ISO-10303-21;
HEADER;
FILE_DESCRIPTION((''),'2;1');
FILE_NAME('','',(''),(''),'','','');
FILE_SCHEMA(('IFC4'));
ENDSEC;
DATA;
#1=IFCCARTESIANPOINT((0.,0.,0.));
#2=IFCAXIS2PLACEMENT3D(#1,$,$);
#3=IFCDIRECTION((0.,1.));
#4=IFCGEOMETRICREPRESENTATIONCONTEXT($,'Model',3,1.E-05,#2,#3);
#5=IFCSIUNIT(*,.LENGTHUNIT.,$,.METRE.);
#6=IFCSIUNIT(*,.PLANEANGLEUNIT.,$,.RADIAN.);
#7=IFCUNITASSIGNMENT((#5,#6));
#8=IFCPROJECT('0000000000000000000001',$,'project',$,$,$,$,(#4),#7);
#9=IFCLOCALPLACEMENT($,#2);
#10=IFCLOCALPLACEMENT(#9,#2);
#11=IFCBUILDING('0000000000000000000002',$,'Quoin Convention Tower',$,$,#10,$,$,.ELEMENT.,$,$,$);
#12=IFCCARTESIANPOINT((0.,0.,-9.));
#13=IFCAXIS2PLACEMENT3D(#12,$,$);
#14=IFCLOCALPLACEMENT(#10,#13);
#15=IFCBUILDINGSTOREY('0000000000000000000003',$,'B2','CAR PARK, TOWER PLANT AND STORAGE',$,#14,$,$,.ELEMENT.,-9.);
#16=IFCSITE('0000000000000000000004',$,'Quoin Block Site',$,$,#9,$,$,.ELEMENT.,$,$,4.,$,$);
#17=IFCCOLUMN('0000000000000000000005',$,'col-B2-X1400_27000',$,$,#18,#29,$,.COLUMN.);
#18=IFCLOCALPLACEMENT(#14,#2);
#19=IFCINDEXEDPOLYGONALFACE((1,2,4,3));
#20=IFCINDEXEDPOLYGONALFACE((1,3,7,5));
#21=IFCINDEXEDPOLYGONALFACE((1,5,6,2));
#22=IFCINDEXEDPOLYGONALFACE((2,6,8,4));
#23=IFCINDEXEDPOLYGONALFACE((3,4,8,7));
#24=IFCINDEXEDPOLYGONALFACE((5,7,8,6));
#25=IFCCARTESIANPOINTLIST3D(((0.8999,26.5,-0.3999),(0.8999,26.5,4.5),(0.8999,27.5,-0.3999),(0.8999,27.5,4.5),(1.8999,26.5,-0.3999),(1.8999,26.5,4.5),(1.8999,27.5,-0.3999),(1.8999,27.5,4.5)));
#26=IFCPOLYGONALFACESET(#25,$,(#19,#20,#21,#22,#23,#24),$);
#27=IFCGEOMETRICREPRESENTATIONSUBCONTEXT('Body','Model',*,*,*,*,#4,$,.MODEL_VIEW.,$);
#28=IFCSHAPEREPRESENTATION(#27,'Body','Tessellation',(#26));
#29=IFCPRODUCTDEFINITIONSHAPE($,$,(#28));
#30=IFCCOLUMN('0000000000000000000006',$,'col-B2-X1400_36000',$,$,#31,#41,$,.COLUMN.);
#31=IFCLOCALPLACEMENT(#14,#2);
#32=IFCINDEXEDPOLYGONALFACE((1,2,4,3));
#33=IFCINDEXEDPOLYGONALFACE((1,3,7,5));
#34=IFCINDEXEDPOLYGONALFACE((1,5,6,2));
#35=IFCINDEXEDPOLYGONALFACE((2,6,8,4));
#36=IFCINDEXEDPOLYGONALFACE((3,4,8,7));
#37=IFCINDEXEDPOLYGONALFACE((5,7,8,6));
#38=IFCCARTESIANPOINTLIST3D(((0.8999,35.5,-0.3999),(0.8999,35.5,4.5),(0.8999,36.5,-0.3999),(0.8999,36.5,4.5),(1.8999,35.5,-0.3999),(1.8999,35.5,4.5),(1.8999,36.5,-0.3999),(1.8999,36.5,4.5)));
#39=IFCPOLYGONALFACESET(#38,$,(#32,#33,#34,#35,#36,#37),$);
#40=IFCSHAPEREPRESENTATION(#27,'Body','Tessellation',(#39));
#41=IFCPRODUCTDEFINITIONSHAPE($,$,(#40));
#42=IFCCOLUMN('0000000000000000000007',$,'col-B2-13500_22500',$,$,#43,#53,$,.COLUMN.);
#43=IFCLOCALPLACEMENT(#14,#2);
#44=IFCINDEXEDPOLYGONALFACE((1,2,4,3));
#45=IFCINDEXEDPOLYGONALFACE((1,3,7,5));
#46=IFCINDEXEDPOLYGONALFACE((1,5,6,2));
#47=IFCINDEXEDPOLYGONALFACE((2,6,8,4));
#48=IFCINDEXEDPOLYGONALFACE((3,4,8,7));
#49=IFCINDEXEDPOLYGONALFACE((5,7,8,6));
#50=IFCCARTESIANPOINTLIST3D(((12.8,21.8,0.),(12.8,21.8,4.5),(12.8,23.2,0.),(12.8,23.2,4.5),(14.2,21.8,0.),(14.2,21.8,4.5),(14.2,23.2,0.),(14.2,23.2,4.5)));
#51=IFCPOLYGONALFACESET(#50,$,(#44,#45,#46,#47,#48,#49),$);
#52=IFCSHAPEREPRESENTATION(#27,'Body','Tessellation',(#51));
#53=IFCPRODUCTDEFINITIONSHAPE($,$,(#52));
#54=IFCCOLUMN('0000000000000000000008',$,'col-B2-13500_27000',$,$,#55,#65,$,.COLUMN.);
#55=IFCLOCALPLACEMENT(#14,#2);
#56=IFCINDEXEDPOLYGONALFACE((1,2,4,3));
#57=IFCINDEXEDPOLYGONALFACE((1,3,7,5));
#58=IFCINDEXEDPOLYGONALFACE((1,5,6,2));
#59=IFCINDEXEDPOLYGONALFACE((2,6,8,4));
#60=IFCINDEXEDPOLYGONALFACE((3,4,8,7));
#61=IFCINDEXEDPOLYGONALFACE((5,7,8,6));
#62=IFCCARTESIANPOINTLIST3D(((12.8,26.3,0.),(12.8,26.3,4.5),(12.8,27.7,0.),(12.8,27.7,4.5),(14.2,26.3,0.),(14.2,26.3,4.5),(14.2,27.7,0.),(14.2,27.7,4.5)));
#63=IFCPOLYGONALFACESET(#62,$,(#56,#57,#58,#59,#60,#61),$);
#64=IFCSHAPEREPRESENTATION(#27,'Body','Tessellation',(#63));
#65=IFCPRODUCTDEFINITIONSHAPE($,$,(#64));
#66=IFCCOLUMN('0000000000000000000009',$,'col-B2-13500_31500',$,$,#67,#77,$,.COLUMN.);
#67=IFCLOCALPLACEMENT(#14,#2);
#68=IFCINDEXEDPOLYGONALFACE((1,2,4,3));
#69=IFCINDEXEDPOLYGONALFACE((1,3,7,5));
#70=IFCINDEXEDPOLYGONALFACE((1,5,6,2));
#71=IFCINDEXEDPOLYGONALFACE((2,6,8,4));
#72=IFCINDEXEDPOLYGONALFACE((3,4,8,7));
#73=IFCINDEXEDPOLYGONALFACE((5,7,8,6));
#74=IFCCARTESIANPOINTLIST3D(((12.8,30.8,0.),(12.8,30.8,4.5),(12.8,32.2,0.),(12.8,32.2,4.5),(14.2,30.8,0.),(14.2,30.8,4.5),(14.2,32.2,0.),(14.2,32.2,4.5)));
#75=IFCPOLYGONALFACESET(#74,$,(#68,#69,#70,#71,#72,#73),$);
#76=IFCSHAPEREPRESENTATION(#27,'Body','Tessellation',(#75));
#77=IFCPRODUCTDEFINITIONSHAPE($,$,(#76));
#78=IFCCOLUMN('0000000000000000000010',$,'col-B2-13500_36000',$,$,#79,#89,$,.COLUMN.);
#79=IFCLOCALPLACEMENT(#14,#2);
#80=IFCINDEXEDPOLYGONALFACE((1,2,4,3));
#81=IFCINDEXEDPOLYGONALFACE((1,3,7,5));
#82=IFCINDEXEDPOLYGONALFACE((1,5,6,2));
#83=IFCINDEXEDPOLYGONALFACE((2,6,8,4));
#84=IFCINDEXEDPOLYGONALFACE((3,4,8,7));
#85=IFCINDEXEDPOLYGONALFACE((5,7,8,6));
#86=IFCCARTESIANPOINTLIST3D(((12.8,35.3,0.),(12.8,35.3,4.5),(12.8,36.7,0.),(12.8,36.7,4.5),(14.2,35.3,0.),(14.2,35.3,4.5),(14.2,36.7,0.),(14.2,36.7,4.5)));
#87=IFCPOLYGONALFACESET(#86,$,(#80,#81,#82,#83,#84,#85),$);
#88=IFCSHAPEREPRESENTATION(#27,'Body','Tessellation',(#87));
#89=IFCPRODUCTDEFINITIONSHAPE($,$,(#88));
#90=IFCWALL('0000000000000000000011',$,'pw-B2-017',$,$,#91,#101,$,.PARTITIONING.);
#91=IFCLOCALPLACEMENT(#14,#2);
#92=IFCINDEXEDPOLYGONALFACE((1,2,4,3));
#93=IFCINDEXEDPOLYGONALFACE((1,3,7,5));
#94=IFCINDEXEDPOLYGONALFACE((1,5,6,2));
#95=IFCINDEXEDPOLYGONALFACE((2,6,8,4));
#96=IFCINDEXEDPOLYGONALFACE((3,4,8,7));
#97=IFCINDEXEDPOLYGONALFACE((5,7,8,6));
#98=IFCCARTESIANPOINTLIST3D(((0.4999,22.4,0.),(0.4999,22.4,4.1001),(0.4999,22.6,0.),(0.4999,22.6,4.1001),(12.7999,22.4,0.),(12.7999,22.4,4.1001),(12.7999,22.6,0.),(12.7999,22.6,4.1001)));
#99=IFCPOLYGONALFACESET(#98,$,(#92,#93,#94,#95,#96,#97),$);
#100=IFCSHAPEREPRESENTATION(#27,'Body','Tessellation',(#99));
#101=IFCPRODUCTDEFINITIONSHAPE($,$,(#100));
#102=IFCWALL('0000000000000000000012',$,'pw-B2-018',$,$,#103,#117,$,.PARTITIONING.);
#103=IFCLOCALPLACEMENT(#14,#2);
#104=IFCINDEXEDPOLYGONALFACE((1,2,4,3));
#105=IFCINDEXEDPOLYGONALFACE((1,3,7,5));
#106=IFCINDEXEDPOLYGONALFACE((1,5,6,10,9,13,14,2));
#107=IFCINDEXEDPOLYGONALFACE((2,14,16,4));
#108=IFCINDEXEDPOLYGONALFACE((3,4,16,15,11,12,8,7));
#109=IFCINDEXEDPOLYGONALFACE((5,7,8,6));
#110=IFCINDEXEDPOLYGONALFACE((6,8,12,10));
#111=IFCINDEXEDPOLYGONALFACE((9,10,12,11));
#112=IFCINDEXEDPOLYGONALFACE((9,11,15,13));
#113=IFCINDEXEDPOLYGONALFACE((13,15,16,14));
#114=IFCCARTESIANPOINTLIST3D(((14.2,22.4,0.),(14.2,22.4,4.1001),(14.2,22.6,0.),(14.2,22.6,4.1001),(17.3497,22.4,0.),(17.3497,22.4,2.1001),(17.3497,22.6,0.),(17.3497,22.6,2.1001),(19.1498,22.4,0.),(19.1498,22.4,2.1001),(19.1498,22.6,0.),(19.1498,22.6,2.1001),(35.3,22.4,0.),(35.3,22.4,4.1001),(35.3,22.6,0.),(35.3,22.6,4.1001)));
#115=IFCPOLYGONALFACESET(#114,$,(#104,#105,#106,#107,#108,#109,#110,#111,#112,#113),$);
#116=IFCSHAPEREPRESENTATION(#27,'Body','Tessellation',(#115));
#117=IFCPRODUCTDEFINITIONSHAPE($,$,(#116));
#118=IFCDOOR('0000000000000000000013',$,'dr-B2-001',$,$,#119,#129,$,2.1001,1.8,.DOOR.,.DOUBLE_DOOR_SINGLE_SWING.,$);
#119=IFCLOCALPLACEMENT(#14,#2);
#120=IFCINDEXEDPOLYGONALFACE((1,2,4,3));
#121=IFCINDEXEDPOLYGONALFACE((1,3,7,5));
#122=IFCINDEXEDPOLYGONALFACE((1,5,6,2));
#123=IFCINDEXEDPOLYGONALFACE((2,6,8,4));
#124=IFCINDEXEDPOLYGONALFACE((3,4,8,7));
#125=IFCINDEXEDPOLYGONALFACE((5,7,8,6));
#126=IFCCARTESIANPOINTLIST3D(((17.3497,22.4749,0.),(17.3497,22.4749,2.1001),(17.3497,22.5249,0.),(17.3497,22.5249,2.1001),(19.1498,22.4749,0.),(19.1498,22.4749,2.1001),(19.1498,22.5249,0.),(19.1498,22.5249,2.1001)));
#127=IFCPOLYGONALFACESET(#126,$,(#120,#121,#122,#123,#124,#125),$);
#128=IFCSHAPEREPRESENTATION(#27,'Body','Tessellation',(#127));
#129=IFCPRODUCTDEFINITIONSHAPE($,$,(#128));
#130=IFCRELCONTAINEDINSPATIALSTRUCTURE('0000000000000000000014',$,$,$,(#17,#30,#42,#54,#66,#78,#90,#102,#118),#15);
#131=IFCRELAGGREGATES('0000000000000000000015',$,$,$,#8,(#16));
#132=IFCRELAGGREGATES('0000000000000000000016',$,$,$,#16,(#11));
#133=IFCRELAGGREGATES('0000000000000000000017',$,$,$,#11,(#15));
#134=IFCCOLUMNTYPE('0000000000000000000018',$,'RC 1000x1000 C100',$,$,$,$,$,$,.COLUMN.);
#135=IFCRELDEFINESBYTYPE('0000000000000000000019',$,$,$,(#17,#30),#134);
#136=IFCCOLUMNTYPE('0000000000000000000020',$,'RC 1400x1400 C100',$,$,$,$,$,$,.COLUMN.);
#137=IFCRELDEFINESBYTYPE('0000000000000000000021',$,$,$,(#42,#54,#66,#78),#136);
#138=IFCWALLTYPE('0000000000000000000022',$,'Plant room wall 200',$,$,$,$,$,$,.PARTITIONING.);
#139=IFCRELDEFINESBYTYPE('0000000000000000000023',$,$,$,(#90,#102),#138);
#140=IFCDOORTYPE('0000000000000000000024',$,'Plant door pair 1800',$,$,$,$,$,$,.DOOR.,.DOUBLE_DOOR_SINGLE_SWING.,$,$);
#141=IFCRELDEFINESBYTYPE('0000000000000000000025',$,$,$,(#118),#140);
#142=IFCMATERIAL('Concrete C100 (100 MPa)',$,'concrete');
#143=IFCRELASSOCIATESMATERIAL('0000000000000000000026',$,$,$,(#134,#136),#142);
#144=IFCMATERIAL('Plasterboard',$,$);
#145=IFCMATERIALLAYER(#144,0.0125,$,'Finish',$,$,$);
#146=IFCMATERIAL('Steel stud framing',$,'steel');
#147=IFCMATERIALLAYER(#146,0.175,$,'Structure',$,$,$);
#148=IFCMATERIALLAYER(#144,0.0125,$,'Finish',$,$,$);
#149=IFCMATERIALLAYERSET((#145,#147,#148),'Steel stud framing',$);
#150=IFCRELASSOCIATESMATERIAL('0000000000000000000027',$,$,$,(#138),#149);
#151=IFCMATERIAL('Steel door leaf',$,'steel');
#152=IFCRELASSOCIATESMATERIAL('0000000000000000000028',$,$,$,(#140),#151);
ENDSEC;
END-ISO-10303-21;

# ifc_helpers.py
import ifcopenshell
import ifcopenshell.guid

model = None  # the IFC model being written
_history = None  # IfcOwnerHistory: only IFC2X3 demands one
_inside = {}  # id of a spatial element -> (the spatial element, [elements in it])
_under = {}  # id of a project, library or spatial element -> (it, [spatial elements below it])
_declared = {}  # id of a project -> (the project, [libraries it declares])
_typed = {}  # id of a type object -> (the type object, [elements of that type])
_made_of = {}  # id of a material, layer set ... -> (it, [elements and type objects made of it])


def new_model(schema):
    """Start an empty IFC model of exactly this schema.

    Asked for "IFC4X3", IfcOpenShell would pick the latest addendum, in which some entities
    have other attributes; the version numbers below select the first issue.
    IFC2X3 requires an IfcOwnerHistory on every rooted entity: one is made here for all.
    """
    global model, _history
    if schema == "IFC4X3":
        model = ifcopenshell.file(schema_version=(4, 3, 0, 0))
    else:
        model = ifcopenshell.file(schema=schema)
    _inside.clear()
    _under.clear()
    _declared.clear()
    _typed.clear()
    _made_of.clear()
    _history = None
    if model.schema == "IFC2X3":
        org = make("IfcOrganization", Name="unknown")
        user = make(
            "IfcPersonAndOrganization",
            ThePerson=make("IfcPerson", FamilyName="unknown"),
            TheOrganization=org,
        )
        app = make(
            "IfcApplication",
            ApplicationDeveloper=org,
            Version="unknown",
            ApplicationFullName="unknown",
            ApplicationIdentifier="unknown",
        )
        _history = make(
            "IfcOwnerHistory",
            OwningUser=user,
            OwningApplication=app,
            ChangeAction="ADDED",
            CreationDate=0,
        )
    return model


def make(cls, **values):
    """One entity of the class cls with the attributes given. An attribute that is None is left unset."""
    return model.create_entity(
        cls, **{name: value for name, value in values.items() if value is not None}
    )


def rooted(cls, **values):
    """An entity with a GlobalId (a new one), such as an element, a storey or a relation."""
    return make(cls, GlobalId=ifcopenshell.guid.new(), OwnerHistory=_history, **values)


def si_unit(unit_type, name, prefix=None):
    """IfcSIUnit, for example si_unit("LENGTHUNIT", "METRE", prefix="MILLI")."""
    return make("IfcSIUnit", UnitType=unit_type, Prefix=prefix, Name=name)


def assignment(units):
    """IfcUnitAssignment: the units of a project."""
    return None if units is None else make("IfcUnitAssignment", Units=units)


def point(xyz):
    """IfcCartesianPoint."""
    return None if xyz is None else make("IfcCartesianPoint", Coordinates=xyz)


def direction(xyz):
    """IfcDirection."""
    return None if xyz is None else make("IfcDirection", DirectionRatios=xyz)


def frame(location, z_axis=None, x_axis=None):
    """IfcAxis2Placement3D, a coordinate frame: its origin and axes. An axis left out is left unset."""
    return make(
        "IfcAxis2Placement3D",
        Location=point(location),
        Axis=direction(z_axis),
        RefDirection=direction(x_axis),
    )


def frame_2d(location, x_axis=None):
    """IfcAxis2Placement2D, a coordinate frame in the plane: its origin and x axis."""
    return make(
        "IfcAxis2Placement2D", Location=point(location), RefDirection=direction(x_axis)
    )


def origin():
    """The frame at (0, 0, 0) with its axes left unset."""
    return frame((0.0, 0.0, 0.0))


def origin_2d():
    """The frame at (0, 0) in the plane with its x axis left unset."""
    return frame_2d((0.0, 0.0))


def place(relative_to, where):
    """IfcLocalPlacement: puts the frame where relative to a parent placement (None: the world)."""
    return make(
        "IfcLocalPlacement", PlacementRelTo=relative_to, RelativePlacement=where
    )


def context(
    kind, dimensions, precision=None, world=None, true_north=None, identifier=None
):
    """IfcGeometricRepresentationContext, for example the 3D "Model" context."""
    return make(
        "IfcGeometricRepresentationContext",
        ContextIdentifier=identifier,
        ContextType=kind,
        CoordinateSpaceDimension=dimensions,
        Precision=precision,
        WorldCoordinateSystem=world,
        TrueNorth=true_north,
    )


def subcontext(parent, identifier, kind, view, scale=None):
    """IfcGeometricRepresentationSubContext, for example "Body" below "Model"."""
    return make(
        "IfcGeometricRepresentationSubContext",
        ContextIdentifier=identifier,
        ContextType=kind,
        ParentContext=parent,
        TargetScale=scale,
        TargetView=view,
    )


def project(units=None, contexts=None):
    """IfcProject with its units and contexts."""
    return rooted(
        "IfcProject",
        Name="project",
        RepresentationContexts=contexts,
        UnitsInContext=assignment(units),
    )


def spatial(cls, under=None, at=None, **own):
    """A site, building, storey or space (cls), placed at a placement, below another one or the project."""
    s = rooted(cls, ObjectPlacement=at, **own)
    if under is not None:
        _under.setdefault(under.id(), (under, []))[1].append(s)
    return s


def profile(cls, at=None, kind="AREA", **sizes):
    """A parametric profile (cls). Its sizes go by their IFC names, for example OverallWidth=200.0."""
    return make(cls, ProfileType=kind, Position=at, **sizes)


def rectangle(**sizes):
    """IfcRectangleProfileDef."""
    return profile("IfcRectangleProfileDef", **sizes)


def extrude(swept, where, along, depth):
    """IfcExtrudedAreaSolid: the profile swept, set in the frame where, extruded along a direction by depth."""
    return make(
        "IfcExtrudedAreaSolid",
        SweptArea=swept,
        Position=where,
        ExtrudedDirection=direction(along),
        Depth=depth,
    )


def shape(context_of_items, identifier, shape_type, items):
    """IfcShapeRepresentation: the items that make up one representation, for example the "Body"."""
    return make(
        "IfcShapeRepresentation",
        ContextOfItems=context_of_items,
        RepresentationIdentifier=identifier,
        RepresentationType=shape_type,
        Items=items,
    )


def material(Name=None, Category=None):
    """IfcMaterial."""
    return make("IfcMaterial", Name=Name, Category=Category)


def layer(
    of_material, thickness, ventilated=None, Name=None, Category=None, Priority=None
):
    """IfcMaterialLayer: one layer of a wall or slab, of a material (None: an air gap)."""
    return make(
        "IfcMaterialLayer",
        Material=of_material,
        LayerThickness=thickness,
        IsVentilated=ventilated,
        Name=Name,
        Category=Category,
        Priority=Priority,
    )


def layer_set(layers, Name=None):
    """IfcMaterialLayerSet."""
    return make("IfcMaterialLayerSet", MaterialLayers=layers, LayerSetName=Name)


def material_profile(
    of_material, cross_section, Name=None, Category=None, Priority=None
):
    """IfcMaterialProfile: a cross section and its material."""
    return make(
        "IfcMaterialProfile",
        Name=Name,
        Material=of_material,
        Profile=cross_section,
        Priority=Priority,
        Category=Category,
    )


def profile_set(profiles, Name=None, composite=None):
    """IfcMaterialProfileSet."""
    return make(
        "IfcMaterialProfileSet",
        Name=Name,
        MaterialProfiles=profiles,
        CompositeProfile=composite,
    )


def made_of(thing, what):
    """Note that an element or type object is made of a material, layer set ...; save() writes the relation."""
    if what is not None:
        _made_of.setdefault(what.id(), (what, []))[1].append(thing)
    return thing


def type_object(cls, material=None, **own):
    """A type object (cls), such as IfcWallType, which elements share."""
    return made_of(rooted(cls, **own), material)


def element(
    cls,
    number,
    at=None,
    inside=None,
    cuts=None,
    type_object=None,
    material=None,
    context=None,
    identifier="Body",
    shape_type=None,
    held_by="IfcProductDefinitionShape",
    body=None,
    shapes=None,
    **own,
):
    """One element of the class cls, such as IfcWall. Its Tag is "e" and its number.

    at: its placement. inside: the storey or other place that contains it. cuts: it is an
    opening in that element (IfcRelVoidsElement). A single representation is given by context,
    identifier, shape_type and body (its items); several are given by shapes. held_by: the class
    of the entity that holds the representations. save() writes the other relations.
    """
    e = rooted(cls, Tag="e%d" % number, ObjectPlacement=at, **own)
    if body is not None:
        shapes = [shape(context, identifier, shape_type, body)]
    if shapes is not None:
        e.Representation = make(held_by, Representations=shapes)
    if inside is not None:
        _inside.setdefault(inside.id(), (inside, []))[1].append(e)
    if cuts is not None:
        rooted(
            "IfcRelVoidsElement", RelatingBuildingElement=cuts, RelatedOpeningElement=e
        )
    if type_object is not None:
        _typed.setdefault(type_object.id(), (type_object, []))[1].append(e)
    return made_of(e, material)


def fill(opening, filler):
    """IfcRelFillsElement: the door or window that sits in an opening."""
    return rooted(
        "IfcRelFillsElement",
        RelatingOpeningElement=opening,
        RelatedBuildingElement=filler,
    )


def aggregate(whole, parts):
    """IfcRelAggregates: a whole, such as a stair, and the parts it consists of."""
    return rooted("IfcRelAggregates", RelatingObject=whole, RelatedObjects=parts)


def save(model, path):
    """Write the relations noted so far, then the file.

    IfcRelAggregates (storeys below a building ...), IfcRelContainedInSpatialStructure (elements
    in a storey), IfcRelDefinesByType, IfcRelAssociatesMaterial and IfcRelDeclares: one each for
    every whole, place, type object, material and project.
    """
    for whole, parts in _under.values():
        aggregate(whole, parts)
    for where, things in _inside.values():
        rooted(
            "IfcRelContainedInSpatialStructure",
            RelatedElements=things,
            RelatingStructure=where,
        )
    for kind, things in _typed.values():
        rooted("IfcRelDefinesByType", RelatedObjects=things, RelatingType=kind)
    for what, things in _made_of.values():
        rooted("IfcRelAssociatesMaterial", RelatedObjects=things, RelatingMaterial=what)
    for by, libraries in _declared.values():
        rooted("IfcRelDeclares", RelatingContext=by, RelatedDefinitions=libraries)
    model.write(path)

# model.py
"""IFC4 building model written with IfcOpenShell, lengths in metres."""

from ifc_helpers import new_model, si_unit, direction, frame, frame_2d, origin, origin_2d, place, context, subcontext, project, spatial, rectangle, extrude, material, layer, layer_set, material_profile, profile_set, type_object, element, fill, save


model = new_model("IFC4")

# Units and contexts
model_context = context("Model", 3, precision=1e-05, world=origin(), true_north=direction((0.0, 1.0)))
body_context = subcontext(model_context, "Body", "Model", "MODEL_VIEW")
ifc_project = project(units=[si_unit("LENGTHUNIT", "METRE"), si_unit("PLANEANGLEUNIT", "RADIAN")], contexts=[model_context])

# Site, building, storey
site_placement = place(None, origin())
site = spatial("IfcSite", under=ifc_project, at=site_placement, Name="Quoin Block Site", CompositionType="ELEMENT", RefElevation=4.0)
building_placement = place(site_placement, origin())
building = spatial("IfcBuilding", under=site, at=building_placement, Name="Quoin Convention Tower", CompositionType="ELEMENT")
storey_placement = place(building_placement, frame((0.0, 0.0, -9.0)))
storey = spatial("IfcBuildingStorey", under=building, at=storey_placement, Name="B2", Description="CAR PARK, TOWER PLANT AND STORAGE", CompositionType="ELEMENT", Elevation=-9.0)

# Columns
ifc_material_1 = material(Name="Concrete C100 (100 MPa)", Category="concrete")
ifc_material_profile_1 = material_profile(ifc_material_1, rectangle(XDim=1.0, YDim=1.0, at=origin_2d()), Name="RC 1000x1000")
ifc_profile_set_1 = profile_set([ifc_material_profile_1], Name="Concrete C100 (100 MPa)")
column_type_1 = type_object("IfcColumnType", Name="RC 1000x1000 C100", PredefinedType="COLUMN", material=ifc_profile_set_1)
for number, where, z_axis, x_axis, name in (
    (1, (1.3999, 27.0, -0.3999), (0.0, 0.0, 1.0), (1.0, 0.0, 0.0), "col-B2-X1400_27000"),
    (2, (1.3999, 36.0, -0.3999), (0.0, 0.0, 1.0), (1.0, 0.0, 0.0), "col-B2-X1400_36000"),
):
    element("IfcColumn", number, at=place(storey_placement, frame(where, z_axis=z_axis, x_axis=x_axis)), inside=storey, type_object=column_type_1, Name=name, PredefinedType="COLUMN", context=body_context, shape_type="SweptSolid", body=[
        extrude(rectangle(XDim=1.0, YDim=1.0, at=origin_2d()), origin(), (0.0, 0.0, 1.0), 4.8999),
    ])
ifc_material_profile_2 = material_profile(ifc_material_1, rectangle(XDim=1.3999, YDim=1.3999, at=origin_2d()), Name="RC 1400x1400")
ifc_profile_set_2 = profile_set([ifc_material_profile_2], Name="Concrete C100 (100 MPa)")
column_type_2 = type_object("IfcColumnType", Name="RC 1400x1400 C100", PredefinedType="COLUMN", material=ifc_profile_set_2)
for number, where, z_axis, x_axis, name in (
    (3, (13.5, 22.5, 0.0), (0.0, 0.0, 1.0), (1.0, 0.0, 0.0), "col-B2-13500_22500"),
    (4, (13.5, 27.0, 0.0), (0.0, 0.0, 1.0), (1.0, 0.0, 0.0), "col-B2-13500_27000"),
    (5, (13.5, 31.5, 0.0), (0.0, 0.0, 1.0), (1.0, 0.0, 0.0), "col-B2-13500_31500"),
    (6, (13.5, 36.0, 0.0), (0.0, 0.0, 1.0), (1.0, 0.0, 0.0), "col-B2-13500_36000"),
):
    element("IfcColumn", number, at=place(storey_placement, frame(where, z_axis=z_axis, x_axis=x_axis)), inside=storey, type_object=column_type_2, Name=name, PredefinedType="COLUMN", context=body_context, shape_type="SweptSolid", body=[
        extrude(rectangle(XDim=1.3999, YDim=1.3999, at=origin_2d()), origin(), (0.0, 0.0, 1.0), 4.5),
    ])

# Wall
ifc_material_2 = material(Name="Plasterboard")
ifc_layer_1 = layer(ifc_material_2, 0.0125, Name="Finish")
ifc_material_3 = material(Name="Steel stud framing", Category="steel")
ifc_layer_2 = layer(ifc_material_3, 0.175, Name="Structure")
ifc_layer_3 = layer(ifc_material_2, 0.0125, Name="Finish")
ifc_layer_set = layer_set([ifc_layer_1, ifc_layer_2, ifc_layer_3], Name="Steel stud framing")
wall_type = type_object("IfcWallType", Name="Plant room wall 200", PredefinedType="PARTITIONING", material=ifc_layer_set)
wall_1_placement = place(storey_placement, frame((0.5, 22.5, 0.0), z_axis=(0.0, 0.0, 1.0), x_axis=(1.0, 0.0, 0.0)))
element("IfcWall", 7, at=wall_1_placement, inside=storey, type_object=wall_type, Name="pw-B2-017", PredefinedType="PARTITIONING", context=body_context, shape_type="SweptSolid", body=[
    extrude(rectangle(XDim=12.3, YDim=0.2, at=frame_2d((6.1499, 0.0))), origin(), (0.0, 0.0, 1.0), 4.1001),
])

# Wall, opening, door
wall_2_placement = place(storey_placement, frame((14.2, 22.5, 0.0), z_axis=(0.0, 0.0, 1.0), x_axis=(1.0, 0.0, 0.0)))
wall_2 = element("IfcWall", 8, at=wall_2_placement, inside=storey, type_object=wall_type, Name="pw-B2-018", PredefinedType="PARTITIONING", context=body_context, shape_type="SweptSolid", body=[
    extrude(rectangle(XDim=21.1001, YDim=0.2, at=frame_2d((10.55, 0.0))), origin(), (0.0, 0.0, 1.0), 4.1001),
])
opening_placement = place(wall_2_placement, frame((3.1499, 0.0, 0.0)))
opening = element("IfcOpeningElement", 9, at=opening_placement, cuts=wall_2, PredefinedType="OPENING", context=body_context, shape_type="SweptSolid", body=[
    extrude(rectangle(XDim=1.8, YDim=2.1001, at=frame_2d((0.8999, 1.05))), frame((0.0, 0.1099, 0.0), z_axis=(0.0, -1.0, 0.0), x_axis=(1.0, 0.0, 0.0)), (0.0, 0.0, 1.0), 0.22),
])
ifc_material_4 = material(Name="Steel door leaf", Category="steel")
door_type = type_object("IfcDoorType", Name="Plant door pair 1800", OperationType="DOUBLE_DOOR_SINGLE_SWING", PredefinedType="DOOR", material=ifc_material_4)
door_placement = place(opening_placement, origin())
door = element("IfcDoor", 10, at=door_placement, inside=storey, type_object=door_type, Name="dr-B2-001", OperationType="DOUBLE_DOOR_SINGLE_SWING", OverallHeight=2.1001, OverallWidth=1.8, PredefinedType="DOOR", context=body_context, shape_type="SweptSolid", body=[
    extrude(rectangle(XDim=1.8, YDim=2.1001, at=frame_2d((0.8999, 1.05))), frame((0.0, 0.0249, 0.0), z_axis=(0.0, -1.0, 0.0), x_axis=(1.0, 0.0, 0.0)), (0.0, 0.0, 1.0), 0.05),
])
fill(opening, door)

save(model, "model.ifc")
